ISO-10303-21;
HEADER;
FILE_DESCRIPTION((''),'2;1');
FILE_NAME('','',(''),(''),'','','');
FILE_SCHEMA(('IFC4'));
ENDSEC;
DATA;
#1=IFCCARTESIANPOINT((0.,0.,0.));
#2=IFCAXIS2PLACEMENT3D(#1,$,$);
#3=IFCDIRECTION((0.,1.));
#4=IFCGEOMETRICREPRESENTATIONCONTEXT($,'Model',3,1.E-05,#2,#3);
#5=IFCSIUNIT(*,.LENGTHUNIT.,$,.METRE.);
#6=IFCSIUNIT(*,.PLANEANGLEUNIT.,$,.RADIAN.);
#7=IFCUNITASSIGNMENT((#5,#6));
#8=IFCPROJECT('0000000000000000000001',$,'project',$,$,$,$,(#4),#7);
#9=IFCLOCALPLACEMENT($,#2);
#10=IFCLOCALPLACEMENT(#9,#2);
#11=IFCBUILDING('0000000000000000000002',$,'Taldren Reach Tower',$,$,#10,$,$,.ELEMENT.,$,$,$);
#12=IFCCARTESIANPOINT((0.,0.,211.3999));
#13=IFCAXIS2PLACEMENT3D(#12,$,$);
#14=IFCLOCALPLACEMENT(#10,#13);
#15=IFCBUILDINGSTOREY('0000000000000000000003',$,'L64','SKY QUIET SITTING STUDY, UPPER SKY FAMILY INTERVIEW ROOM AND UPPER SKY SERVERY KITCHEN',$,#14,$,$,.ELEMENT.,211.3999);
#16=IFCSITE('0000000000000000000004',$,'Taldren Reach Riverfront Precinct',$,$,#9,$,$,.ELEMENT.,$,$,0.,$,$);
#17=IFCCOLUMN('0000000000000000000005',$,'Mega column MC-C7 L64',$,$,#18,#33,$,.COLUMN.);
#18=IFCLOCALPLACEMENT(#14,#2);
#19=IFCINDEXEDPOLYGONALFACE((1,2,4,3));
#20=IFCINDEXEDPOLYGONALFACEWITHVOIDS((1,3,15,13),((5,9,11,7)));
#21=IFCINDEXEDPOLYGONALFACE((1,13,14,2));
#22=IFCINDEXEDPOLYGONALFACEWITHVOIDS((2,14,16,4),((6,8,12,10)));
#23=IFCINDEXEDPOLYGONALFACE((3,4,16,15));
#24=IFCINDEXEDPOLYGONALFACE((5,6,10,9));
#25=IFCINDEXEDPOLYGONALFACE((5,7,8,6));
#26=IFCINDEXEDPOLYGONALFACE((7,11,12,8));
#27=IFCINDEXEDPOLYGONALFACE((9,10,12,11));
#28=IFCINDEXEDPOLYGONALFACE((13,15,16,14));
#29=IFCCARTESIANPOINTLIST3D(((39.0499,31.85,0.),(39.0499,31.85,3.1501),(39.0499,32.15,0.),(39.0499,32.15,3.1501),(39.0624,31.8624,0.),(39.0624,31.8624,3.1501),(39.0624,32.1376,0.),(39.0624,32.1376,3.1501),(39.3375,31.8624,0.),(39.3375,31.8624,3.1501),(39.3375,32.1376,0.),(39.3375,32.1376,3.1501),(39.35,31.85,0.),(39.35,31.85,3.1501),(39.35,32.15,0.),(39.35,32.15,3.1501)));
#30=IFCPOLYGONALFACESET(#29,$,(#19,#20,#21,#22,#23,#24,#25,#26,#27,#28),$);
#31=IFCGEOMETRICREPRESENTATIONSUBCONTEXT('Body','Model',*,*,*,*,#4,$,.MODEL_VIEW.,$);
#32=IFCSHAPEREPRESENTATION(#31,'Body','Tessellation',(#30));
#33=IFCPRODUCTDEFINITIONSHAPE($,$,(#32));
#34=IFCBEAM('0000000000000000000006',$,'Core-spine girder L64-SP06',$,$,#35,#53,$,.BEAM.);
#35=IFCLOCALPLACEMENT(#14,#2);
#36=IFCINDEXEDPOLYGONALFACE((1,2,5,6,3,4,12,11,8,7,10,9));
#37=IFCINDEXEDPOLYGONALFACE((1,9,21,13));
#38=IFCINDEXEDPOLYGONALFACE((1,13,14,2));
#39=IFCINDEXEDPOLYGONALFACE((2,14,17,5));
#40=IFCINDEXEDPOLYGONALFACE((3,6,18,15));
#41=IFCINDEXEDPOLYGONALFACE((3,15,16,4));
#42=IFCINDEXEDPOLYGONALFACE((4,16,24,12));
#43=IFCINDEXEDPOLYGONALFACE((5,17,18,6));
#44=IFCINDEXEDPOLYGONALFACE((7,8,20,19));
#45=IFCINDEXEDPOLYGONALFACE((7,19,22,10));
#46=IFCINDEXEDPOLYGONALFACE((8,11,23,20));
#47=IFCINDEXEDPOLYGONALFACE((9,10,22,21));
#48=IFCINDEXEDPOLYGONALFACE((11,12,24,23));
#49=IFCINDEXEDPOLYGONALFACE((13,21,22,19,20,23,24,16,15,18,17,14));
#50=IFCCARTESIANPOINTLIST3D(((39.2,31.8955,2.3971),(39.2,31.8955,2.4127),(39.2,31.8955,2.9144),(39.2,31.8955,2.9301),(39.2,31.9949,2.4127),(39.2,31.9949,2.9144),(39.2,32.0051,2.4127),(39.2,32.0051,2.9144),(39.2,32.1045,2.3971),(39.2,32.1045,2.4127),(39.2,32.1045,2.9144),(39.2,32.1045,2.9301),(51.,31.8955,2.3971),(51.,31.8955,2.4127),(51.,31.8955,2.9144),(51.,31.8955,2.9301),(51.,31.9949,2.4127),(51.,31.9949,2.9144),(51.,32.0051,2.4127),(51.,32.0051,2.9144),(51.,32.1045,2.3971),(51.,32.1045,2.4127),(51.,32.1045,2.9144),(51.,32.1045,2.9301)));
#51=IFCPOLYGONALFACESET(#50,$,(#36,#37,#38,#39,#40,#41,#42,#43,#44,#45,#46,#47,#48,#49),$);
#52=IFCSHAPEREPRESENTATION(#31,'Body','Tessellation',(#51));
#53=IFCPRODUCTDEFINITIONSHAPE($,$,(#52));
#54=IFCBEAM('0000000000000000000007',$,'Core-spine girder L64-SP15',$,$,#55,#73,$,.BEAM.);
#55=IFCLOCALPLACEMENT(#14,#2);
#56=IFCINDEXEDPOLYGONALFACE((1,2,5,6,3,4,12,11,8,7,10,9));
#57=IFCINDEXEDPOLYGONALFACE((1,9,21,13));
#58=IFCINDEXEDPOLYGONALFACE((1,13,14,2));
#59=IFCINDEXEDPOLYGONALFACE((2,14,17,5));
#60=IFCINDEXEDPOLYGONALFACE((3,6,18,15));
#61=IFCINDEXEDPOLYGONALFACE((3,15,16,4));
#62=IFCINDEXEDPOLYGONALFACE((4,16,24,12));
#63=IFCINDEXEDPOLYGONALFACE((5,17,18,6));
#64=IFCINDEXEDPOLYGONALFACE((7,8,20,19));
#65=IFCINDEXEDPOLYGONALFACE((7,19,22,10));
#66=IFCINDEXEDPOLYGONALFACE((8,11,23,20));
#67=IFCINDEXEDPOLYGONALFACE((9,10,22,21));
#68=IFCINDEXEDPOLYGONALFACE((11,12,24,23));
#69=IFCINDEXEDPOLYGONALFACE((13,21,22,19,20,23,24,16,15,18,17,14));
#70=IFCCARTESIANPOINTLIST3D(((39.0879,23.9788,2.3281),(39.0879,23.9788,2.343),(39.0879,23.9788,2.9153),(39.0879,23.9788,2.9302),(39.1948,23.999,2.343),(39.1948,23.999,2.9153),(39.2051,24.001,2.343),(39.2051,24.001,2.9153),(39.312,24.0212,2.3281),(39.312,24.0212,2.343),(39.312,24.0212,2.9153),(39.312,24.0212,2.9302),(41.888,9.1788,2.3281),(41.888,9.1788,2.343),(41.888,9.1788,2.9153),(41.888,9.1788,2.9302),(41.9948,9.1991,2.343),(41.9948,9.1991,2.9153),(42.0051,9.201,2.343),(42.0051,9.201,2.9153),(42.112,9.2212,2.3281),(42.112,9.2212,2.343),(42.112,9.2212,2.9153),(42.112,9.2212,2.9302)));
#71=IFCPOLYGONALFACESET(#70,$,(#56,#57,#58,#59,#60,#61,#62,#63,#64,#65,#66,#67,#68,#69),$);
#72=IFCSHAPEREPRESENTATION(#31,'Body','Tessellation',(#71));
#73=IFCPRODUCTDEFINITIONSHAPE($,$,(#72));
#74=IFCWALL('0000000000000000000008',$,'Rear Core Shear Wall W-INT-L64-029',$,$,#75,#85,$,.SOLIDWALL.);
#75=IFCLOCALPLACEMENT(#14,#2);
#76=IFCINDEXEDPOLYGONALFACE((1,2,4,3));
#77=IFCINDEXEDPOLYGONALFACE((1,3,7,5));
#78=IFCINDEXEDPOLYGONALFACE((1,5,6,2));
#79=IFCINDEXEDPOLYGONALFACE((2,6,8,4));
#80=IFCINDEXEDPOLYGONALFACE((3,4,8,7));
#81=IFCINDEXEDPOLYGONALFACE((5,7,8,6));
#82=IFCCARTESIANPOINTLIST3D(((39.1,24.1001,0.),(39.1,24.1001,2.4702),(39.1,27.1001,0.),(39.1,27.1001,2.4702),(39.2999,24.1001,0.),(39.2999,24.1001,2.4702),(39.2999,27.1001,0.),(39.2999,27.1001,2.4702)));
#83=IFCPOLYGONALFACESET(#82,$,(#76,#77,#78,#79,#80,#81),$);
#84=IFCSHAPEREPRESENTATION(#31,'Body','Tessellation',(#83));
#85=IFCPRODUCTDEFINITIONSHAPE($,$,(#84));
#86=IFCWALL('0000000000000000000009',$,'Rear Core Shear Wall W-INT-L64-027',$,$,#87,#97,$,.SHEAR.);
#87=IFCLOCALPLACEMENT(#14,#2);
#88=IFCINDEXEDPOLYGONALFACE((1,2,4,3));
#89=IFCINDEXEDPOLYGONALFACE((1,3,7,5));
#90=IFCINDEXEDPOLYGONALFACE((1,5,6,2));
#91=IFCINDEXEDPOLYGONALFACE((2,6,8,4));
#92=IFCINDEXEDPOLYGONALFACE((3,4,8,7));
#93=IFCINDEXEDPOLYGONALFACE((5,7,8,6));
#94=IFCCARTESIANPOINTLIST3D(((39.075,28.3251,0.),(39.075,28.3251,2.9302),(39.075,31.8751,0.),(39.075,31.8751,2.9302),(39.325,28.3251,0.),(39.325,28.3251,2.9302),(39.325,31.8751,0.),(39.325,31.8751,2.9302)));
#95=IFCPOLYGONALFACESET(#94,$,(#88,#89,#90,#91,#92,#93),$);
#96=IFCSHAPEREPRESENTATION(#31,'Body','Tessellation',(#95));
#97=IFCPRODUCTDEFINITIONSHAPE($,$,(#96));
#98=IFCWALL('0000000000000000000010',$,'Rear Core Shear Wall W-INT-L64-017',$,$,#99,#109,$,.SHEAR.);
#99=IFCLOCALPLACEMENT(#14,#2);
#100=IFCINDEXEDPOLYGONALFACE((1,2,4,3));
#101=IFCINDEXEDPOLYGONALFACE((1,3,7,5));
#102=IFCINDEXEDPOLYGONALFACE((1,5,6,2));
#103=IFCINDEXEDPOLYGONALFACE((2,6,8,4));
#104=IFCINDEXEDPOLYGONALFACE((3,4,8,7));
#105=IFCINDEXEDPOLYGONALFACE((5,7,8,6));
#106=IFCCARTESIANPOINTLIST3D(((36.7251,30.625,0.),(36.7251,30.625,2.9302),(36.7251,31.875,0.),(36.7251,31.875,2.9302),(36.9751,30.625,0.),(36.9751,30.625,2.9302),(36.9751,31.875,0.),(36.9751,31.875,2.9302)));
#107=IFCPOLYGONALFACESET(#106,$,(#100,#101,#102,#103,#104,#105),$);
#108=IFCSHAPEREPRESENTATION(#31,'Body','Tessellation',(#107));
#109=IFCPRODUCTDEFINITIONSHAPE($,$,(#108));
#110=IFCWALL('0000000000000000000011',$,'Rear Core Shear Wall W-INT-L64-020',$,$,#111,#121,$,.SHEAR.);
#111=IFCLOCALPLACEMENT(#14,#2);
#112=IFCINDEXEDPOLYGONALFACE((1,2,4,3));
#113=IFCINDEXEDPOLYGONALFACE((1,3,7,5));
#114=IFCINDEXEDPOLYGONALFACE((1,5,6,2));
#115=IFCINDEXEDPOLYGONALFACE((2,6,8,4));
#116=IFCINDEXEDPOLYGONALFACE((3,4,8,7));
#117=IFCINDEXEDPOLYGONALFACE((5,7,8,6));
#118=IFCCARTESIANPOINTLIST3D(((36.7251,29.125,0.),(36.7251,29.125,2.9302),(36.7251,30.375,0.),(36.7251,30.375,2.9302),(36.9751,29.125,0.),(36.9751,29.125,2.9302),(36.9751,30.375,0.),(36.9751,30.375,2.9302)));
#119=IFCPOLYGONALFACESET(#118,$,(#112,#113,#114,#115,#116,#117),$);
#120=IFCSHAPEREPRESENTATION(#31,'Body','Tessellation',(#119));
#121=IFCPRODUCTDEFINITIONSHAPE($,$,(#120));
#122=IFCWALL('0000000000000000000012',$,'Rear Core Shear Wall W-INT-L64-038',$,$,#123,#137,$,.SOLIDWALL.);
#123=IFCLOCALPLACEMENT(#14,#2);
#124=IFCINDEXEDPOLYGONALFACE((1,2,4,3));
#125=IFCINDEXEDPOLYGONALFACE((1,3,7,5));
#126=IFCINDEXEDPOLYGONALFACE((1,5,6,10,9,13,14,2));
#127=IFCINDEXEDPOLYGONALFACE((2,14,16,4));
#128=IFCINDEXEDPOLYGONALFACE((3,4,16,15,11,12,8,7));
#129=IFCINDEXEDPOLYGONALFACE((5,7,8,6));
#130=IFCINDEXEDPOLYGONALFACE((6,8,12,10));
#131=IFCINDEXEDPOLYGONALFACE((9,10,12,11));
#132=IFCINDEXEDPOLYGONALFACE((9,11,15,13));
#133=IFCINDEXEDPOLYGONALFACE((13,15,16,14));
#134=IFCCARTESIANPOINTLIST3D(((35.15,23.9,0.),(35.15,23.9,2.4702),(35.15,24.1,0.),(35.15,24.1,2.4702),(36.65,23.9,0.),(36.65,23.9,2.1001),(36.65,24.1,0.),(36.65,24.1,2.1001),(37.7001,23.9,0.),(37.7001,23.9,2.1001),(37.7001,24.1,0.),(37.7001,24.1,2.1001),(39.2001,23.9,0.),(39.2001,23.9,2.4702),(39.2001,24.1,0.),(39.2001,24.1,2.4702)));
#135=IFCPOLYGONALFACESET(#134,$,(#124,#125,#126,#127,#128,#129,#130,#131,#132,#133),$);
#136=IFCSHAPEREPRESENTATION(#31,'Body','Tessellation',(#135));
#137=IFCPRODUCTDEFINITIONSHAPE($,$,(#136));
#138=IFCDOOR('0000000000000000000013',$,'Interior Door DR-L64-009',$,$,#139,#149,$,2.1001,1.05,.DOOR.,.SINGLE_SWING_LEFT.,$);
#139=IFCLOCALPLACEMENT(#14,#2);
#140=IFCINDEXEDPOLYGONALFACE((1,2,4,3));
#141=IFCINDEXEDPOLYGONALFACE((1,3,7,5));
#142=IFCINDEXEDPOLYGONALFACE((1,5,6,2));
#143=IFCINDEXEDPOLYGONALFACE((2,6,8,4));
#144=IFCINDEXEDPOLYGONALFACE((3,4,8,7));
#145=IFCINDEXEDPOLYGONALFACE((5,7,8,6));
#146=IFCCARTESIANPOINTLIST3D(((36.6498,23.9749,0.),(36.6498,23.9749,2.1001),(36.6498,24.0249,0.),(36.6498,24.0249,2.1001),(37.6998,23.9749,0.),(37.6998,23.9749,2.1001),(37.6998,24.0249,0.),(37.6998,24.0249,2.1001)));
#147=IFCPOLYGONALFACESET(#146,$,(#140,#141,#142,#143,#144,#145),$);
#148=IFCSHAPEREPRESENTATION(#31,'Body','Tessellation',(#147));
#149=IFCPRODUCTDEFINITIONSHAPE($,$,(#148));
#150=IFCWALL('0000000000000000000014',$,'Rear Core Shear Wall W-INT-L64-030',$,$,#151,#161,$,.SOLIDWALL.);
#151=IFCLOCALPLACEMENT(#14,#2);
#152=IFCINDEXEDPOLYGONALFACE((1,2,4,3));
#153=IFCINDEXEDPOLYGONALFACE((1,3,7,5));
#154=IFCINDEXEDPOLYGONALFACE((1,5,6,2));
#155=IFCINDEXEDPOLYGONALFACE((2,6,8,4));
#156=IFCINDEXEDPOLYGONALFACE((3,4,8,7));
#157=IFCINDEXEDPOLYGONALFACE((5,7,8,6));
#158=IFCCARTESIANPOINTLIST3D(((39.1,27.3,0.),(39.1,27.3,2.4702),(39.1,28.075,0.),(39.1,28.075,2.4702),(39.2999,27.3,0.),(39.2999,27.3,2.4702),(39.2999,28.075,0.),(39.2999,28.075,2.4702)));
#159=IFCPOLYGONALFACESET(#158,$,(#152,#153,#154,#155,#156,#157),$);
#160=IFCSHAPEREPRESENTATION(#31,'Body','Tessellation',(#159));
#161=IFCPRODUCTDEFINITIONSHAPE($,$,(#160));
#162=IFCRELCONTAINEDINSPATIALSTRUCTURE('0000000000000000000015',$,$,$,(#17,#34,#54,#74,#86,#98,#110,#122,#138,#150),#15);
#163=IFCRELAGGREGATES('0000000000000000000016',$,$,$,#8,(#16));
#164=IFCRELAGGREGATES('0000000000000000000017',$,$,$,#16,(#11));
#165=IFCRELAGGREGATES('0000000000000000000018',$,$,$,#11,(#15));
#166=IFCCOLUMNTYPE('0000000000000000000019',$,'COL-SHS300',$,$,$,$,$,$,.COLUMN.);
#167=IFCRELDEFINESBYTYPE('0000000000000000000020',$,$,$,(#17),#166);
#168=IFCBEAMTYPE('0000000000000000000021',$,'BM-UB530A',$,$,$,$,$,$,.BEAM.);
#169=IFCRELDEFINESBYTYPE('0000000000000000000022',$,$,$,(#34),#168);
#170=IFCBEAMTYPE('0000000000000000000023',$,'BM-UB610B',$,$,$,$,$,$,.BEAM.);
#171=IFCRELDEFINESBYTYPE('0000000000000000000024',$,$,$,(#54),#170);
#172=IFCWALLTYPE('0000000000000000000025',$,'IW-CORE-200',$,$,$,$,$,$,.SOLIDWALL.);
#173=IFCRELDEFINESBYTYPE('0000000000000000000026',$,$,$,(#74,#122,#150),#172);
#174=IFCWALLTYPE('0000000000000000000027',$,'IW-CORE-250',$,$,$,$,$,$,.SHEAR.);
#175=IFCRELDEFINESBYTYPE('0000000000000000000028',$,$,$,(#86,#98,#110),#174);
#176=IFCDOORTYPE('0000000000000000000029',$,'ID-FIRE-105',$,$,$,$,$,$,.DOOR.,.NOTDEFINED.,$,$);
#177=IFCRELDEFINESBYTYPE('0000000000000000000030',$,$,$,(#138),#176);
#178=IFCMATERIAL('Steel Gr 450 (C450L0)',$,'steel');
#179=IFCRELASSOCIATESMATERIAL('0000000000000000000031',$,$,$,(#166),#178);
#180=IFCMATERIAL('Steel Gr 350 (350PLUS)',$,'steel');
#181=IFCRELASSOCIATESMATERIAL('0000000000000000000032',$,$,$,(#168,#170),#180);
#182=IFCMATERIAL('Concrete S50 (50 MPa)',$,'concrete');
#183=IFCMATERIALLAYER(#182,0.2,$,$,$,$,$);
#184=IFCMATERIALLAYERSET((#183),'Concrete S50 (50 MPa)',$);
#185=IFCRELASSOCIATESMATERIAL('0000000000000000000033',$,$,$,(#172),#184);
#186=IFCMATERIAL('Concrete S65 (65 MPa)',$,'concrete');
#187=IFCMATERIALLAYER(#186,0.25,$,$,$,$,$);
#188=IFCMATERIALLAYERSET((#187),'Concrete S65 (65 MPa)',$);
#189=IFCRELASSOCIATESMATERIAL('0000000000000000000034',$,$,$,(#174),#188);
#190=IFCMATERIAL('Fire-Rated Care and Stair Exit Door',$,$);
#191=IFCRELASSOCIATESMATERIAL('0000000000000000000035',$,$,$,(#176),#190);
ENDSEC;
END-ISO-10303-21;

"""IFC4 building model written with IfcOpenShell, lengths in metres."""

from ifc_helpers import new_model, si_unit, direction, frame, frame_2d, origin, origin_2d, place, context, subcontext, project, spatial, rectangle, hollow_rectangle, i_section, extrude, source, transform, mapped, material, layer, layer_set, material_profile, profile_set, type_object, element, fill, save


model = new_model("IFC4")

# Units and contexts
model_context = context("Model", 3, precision=1e-05, world=origin(), true_north=direction((0.0, 1.0)))
body_context = subcontext(model_context, "Body", "Model", "MODEL_VIEW")
ifc_project = project(units=[si_unit("LENGTHUNIT", "METRE"), si_unit("PLANEANGLEUNIT", "RADIAN")], contexts=[model_context])

# Site, building, storey
site_placement = place(None, origin())
site = spatial("IfcSite", under=ifc_project, at=site_placement, Name="Taldren Reach Riverfront Precinct", CompositionType="ELEMENT", RefElevation=0.0)
building_placement = place(site_placement, origin())
building = spatial("IfcBuilding", under=site, at=building_placement, Name="Taldren Reach Tower", CompositionType="ELEMENT")
storey_placement = place(building_placement, frame((0.0, 0.0, 211.3999)))
storey = spatial("IfcBuildingStorey", under=building, at=storey_placement, Name="L64", Description="SKY QUIET SITTING STUDY, UPPER SKY FAMILY INTERVIEW ROOM AND UPPER SKY SERVERY KITCHEN", CompositionType="ELEMENT", Elevation=211.3999)

# Column
ifc_material_1 = material(Name="Steel Gr 450 (C450L0)", Category="steel")
ifc_material_profile_1 = material_profile(ifc_material_1, hollow_rectangle(XDim=0.3, YDim=0.3, WallThickness=0.0125, at=origin_2d()), Name="300x300x12.5SHS")
ifc_profile_set_1 = profile_set([ifc_material_profile_1], Name="Steel Gr 450 (C450L0)")
column_type = type_object("IfcColumnType", Name="COL-SHS300", PredefinedType="COLUMN", material=ifc_profile_set_1)
shared_shape_1 = source(origin(), body_context, "Body", "SweptSolid", [
    extrude(hollow_rectangle(XDim=0.3, YDim=0.3, WallThickness=0.0125, at=origin_2d()), origin(), (0.0, 0.0, 1.0), 3.1501),
])
column_placement = place(storey_placement, frame((39.2, 32.0, 0.0), z_axis=(0.0, 0.0, 1.0), x_axis=(1.0, 0.0, 0.0)))
element("IfcColumn", 1, at=column_placement, inside=storey, type_object=column_type, Name="Mega column MC-C7 L64", PredefinedType="COLUMN", context=body_context, shape_type="MappedRepresentation", body=[
    mapped(shared_shape_1, transform((0.0, 0.0, 0.0), scale=1.0)),
])

# Beams
ifc_material_2 = material(Name="Steel Gr 350 (350PLUS)", Category="steel")
ifc_material_profile_2 = material_profile(ifc_material_2, i_section(OverallWidth=0.209, OverallDepth=0.533, WebThickness=0.0103, FlangeThickness=0.0156, at=origin_2d()), Name="530UB92.4")
ifc_profile_set_2 = profile_set([ifc_material_profile_2], Name="Steel Gr 350 (350PLUS)")
beam_type_1 = type_object("IfcBeamType", Name="BM-UB530A", PredefinedType="BEAM", material=ifc_profile_set_2)
shared_shape_2 = source(origin(), body_context, "Body", "SweptSolid", [
    extrude(i_section(OverallWidth=0.209, OverallDepth=0.533, WebThickness=0.0103, FlangeThickness=0.0156, at=origin_2d()), origin(), (0.0, 0.0, 1.0), 11.8),
])
beam_1_placement = place(storey_placement, frame((39.2, 32.0, 2.6636), z_axis=(1.0, 0.0, 0.0), x_axis=(0.0, 1.0, 0.0)))
element("IfcBeam", 2, at=beam_1_placement, inside=storey, type_object=beam_type_1, Name="Core-spine girder L64-SP06", PredefinedType="BEAM", context=body_context, shape_type="MappedRepresentation", body=[
    mapped(shared_shape_2, transform((0.0, 0.0, 0.0), scale=1.0)),
])
ifc_material_profile_3 = material_profile(ifc_material_2, i_section(OverallWidth=0.228, OverallDepth=0.6021, WebThickness=0.0105, FlangeThickness=0.0149, at=origin_2d()), Name="610UB101")
ifc_profile_set_3 = profile_set([ifc_material_profile_3], Name="Steel Gr 350 (350PLUS)")
beam_type_2 = type_object("IfcBeamType", Name="BM-UB610B", PredefinedType="BEAM", material=ifc_profile_set_3)
shared_shape_3 = source(origin(), body_context, "Body", "SweptSolid", [
    extrude(i_section(OverallWidth=0.228, OverallDepth=0.6021, WebThickness=0.0105, FlangeThickness=0.0149, at=origin_2d()), origin(), (0.0, 0.0, 1.0), 15.0625),
])
beam_2_placement = place(storey_placement, frame((39.2, 24.0, 2.6292), z_axis=(0.185894, -0.98257, 0.0), x_axis=(0.98257, 0.185894, 0.0)))
element("IfcBeam", 3, at=beam_2_placement, inside=storey, type_object=beam_type_2, Name="Core-spine girder L64-SP15", PredefinedType="BEAM", context=body_context, shape_type="MappedRepresentation", body=[
    mapped(shared_shape_3, transform((0.0, 0.0, 0.0), scale=1.0)),
])

# Walls
ifc_material_3 = material(Name="Concrete S50 (50 MPa)", Category="concrete")
ifc_layer_1 = layer(ifc_material_3, 0.2)
ifc_layer_set_1 = layer_set([ifc_layer_1], Name="Concrete S50 (50 MPa)")
wall_type_1 = type_object("IfcWallType", Name="IW-CORE-200", PredefinedType="SOLIDWALL", material=ifc_layer_set_1)
shared_shape_4 = source(origin(), body_context, "Body", "SweptSolid", [
    extrude(rectangle(XDim=3.0, YDim=0.2, at=frame_2d((1.5, 0.0))), origin(), (0.0, 0.0, 1.0), 2.4702),
])
wall_1_placement = place(storey_placement, frame((39.2, 24.1001, 0.0), z_axis=(0.0, 0.0, 1.0), x_axis=(0.0, 1.0, 0.0)))
element("IfcWall", 4, at=wall_1_placement, inside=storey, type_object=wall_type_1, Name="Rear Core Shear Wall W-INT-L64-029", PredefinedType="SOLIDWALL", context=body_context, shape_type="MappedRepresentation", body=[
    mapped(shared_shape_4, transform((0.0, 0.0, 0.0), scale=1.0)),
])
ifc_material_4 = material(Name="Concrete S65 (65 MPa)", Category="concrete")
ifc_layer_2 = layer(ifc_material_4, 0.25)
ifc_layer_set_2 = layer_set([ifc_layer_2], Name="Concrete S65 (65 MPa)")
wall_type_2 = type_object("IfcWallType", Name="IW-CORE-250", PredefinedType="SHEAR", material=ifc_layer_set_2)
shared_shape_5 = source(origin(), body_context, "Body", "SweptSolid", [
    extrude(rectangle(XDim=3.55, YDim=0.25, at=frame_2d((1.7749, 0.0))), origin(), (0.0, 0.0, 1.0), 2.9302),
])
wall_2_placement = place(storey_placement, frame((39.2, 31.875, 0.0), z_axis=(0.0, 0.0, 1.0), x_axis=(0.0, -1.0, 0.0)))
element("IfcWall", 5, at=wall_2_placement, inside=storey, type_object=wall_type_2, Name="Rear Core Shear Wall W-INT-L64-027", PredefinedType="SHEAR", context=body_context, shape_type="MappedRepresentation", body=[
    mapped(shared_shape_5, transform((0.0, 0.0, 0.0), scale=1.0)),
])
shared_shape_6 = source(origin(), body_context, "Body", "SweptSolid", [
    extrude(rectangle(XDim=1.25, YDim=0.25, at=frame_2d((0.625, 0.0))), origin(), (0.0, 0.0, 1.0), 2.9302),
])
for number, where, z_axis, x_axis, name in (
    (6, (36.8501, 30.625, 0.0), (0.0, 0.0, 1.0), (0.0, 1.0, 0.0), "Rear Core Shear Wall W-INT-L64-017"),
    (7, (36.8501, 29.125, 0.0), (0.0, 0.0, 1.0), (0.0, 1.0, 0.0), "Rear Core Shear Wall W-INT-L64-020"),
):
    element("IfcWall", number, at=place(storey_placement, frame(where, z_axis=z_axis, x_axis=x_axis)), inside=storey, type_object=wall_type_2, Name=name, PredefinedType="SHEAR", context=body_context, shape_type="MappedRepresentation", body=[
        mapped(shared_shape_6, transform((0.0, 0.0, 0.0), scale=1.0)),
    ])

# Wall, opening, door
shared_shape_7 = source(origin(), body_context, "Body", "SweptSolid", [
    extrude(rectangle(XDim=4.05, YDim=0.2, at=frame_2d((2.0249, 0.0))), origin(), (0.0, 0.0, 1.0), 2.4702),
])
wall_3_placement = place(storey_placement, frame((39.2, 24.0, 0.0), z_axis=(0.0, 0.0, 1.0), x_axis=(-1.0, 0.0, 0.0)))
wall_3 = element("IfcWall", 8, at=wall_3_placement, inside=storey, type_object=wall_type_1, Name="Rear Core Shear Wall W-INT-L64-038", PredefinedType="SOLIDWALL", context=body_context, shape_type="MappedRepresentation", body=[
    mapped(shared_shape_7, transform((0.0, 0.0, 0.0), scale=1.0)),
])
shared_shape_8 = source(origin(), body_context, "Body", "SweptSolid", [
    extrude(rectangle(XDim=1.05, YDim=2.1001, at=frame_2d((0.5249, 1.05))), frame((0.0, 0.1099, 0.0), z_axis=(0.0, -1.0, 0.0), x_axis=(1.0, 0.0, 0.0)), (0.0, 0.0, 1.0), 0.22),
])
opening_1_placement = place(wall_3_placement, frame((1.5, 0.0, 0.0)))
opening_1 = element("IfcOpeningElement", 9, at=opening_1_placement, cuts=wall_3, PredefinedType="OPENING", context=body_context, shape_type="MappedRepresentation", body=[
    mapped(shared_shape_8, transform((0.0, 0.0, 0.0), scale=1.0)),
])
ifc_material_5 = material(Name="Fire-Rated Care and Stair Exit Door")
door_type_1 = type_object("IfcDoorType", Name="ID-FIRE-105", OperationType="NOTDEFINED", PredefinedType="DOOR", material=ifc_material_5)
shared_shape_9 = source(origin(), body_context, "Body", "SweptSolid", [
    extrude(rectangle(XDim=1.05, YDim=2.1001, at=frame_2d((0.5249, 1.05))), frame((0.0, 0.0249, 0.0), z_axis=(0.0, -1.0, 0.0), x_axis=(1.0, 0.0, 0.0)), (0.0, 0.0, 1.0), 0.05),
])
door_1_placement = place(opening_1_placement, frame((1.05, 0.0, 0.0), z_axis=(0.0, 0.0, 1.0), x_axis=(-1.0, 0.0, 0.0)))
door_1 = element("IfcDoor", 10, at=door_1_placement, inside=storey, type_object=door_type_1, Name="Interior Door DR-L64-009", OperationType="SINGLE_SWING_LEFT", OverallHeight=2.1001, OverallWidth=1.05, PredefinedType="DOOR", context=body_context, shape_type="MappedRepresentation", body=[
    mapped(shared_shape_9, transform((0.0, 0.0, 0.0), scale=1.0)),
])
fill(opening_1, door_1)

# Wall
shared_shape_10 = source(origin(), body_context, "Body", "SweptSolid", [
    extrude(rectangle(XDim=0.7749, YDim=0.2, at=frame_2d((0.3875, 0.0))), origin(), (0.0, 0.0, 1.0), 2.4702),
])
wall_4_placement = place(storey_placement, frame((39.2, 27.3, 0.0), z_axis=(0.0, 0.0, 1.0), x_axis=(0.0, 1.0, 0.0)))
element("IfcWall", 11, at=wall_4_placement, inside=storey, type_object=wall_type_1, Name="Rear Core Shear Wall W-INT-L64-030", PredefinedType="SOLIDWALL", context=body_context, shape_type="MappedRepresentation", body=[
    mapped(shared_shape_10, transform((0.0, 0.0, 0.0), scale=1.0)),
])

save(model, "model.ifc")
